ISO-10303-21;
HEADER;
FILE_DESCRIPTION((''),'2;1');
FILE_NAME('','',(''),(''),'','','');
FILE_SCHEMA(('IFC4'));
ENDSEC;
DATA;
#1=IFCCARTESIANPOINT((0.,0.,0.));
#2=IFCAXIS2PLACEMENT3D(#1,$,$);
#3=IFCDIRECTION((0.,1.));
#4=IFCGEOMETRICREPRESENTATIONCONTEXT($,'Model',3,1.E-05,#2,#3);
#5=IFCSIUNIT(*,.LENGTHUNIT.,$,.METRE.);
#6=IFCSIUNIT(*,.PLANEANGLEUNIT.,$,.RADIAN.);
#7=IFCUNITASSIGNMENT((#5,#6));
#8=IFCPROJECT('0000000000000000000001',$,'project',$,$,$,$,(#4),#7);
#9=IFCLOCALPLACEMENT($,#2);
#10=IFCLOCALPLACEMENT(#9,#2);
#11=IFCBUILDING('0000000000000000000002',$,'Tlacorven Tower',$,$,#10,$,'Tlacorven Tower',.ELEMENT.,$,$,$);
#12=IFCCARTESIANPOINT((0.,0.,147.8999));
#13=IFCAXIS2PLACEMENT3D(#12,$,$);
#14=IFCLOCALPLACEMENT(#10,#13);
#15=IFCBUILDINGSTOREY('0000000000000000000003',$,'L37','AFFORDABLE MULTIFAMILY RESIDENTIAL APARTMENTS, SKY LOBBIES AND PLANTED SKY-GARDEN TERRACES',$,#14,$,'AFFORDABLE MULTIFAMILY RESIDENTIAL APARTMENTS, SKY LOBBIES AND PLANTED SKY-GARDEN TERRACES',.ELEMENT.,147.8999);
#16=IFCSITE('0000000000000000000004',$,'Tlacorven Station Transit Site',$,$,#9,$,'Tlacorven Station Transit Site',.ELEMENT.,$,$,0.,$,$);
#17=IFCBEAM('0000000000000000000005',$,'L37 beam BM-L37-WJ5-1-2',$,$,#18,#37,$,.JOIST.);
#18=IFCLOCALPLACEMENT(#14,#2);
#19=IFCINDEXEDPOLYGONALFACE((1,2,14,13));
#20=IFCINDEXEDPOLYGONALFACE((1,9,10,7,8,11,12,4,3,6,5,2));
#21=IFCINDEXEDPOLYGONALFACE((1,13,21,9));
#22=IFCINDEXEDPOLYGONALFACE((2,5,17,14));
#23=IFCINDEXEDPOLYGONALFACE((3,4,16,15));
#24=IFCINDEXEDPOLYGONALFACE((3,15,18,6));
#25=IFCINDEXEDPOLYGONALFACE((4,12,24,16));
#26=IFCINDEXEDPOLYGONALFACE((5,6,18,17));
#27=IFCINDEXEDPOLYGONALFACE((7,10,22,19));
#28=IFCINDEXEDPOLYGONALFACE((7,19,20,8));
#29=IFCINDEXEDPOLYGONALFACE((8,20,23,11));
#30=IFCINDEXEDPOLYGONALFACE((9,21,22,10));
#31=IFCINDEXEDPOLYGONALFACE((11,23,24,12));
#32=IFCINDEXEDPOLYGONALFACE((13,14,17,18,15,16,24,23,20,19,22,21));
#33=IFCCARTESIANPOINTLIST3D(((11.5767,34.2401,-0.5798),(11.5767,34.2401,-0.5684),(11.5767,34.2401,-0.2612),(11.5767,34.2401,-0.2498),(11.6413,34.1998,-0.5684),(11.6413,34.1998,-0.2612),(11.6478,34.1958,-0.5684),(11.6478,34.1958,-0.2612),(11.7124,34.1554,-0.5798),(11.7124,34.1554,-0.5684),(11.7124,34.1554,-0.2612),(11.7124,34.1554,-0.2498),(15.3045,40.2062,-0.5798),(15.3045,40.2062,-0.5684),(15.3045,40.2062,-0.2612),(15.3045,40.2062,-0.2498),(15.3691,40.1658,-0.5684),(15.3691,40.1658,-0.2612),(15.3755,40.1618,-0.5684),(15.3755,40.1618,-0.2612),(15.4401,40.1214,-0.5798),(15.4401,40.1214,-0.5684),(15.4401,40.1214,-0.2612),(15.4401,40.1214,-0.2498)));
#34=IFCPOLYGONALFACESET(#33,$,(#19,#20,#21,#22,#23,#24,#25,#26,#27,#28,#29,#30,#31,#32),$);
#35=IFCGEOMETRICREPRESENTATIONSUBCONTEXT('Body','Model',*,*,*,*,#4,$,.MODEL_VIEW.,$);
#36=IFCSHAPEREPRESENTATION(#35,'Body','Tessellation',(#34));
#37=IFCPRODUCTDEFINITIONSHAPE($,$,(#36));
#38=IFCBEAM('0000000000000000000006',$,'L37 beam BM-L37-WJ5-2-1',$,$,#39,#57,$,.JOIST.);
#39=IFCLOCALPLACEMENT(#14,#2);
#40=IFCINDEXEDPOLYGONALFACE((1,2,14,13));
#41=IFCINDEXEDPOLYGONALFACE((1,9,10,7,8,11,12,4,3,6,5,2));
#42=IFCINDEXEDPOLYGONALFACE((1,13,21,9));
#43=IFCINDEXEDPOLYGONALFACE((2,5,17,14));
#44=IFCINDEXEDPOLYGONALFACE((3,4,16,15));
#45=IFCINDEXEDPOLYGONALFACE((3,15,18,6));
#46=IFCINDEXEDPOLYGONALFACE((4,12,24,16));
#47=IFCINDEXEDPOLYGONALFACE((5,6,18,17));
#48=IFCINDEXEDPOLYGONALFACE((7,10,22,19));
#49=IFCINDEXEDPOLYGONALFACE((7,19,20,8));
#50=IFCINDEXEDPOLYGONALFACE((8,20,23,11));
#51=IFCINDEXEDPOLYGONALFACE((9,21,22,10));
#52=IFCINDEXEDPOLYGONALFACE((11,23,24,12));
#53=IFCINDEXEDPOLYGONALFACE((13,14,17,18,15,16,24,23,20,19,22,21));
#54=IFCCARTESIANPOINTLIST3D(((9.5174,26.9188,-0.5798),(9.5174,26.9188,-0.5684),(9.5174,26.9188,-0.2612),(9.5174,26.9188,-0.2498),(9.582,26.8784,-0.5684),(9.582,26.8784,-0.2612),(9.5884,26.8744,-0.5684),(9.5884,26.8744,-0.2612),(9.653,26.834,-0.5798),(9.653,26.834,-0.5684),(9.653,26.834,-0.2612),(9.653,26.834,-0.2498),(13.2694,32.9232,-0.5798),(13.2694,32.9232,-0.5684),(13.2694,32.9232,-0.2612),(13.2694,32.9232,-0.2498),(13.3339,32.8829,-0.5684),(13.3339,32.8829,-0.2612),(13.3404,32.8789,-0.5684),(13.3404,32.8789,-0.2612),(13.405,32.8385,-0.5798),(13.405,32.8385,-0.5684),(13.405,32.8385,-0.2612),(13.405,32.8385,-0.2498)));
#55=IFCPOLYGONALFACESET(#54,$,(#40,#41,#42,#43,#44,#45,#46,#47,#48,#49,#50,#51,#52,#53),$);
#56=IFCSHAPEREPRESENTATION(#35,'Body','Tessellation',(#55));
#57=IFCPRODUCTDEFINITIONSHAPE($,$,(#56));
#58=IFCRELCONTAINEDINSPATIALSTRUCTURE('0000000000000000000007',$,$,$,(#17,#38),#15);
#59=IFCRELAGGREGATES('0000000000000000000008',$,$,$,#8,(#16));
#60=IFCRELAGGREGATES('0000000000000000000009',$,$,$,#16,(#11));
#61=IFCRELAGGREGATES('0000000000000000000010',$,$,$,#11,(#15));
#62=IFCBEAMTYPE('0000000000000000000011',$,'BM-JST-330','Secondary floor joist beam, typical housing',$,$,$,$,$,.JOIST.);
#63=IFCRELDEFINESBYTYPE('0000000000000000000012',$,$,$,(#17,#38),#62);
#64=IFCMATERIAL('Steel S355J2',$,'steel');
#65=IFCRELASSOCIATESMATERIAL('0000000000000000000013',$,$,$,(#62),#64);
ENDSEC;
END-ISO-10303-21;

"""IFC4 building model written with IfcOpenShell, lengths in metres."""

from ifc_helpers import new_model, si_unit, direction, frame, origin, origin_2d, place, context, subcontext, project, spatial, i_section, extrude, source, transform, mapped, material, material_profile, profile_set, type_object, element, save


model = new_model("IFC4")

# Units and contexts
model_context = context("Model", 3, precision=1e-05, world=origin(), true_north=direction((0.0, 1.0)))
body_context = subcontext(model_context, "Body", "Model", "MODEL_VIEW")
ifc_project = project(units=[si_unit("LENGTHUNIT", "METRE"), si_unit("PLANEANGLEUNIT", "RADIAN")], contexts=[model_context])

# Site, building, storey
site_placement = place(None, origin())
site = spatial("IfcSite", under=ifc_project, at=site_placement, Name="Tlacorven Station Transit Site", LongName="Tlacorven Station Transit Site", CompositionType="ELEMENT", RefElevation=0.0)
building_placement = place(site_placement, origin())
building = spatial("IfcBuilding", under=site, at=building_placement, Name="Tlacorven Tower", LongName="Tlacorven Tower", CompositionType="ELEMENT")
storey_placement = place(building_placement, frame((0.0, 0.0, 147.8999)))
storey = spatial("IfcBuildingStorey", under=building, at=storey_placement, Name="L37", Description="AFFORDABLE MULTIFAMILY RESIDENTIAL APARTMENTS, SKY LOBBIES AND PLANTED SKY-GARDEN TERRACES", LongName="AFFORDABLE MULTIFAMILY RESIDENTIAL APARTMENTS, SKY LOBBIES AND PLANTED SKY-GARDEN TERRACES", CompositionType="ELEMENT", Elevation=147.8999)

# Beams
ifc_material_1 = material(Name="Steel S355J2", Category="steel")
ifc_material_profile_1 = material_profile(ifc_material_1, i_section(OverallWidth=0.1599, OverallDepth=0.3301, WebThickness=0.0076, FlangeThickness=0.0115, at=origin_2d()), Name="IPE 330")
ifc_profile_set_1 = profile_set([ifc_material_profile_1], Name="Steel S355J2")
beam_type_1 = type_object("IfcBeamType", Name="BM-JST-330", Description="Secondary floor joist beam, typical housing", PredefinedType="JOIST", material=ifc_profile_set_1)
shared_shape_1 = source(origin(), body_context, "Body", "SweptSolid", [
    extrude(i_section(OverallWidth=0.1599, OverallDepth=0.3301, WebThickness=0.0076, FlangeThickness=0.0115, at=origin_2d()), origin(), (0.0, 0.0, 1.0), 7.0349),
])
beam_1_placement = place(storey_placement, frame((15.3723, 40.1638, -0.4148), z_axis=(-0.529896, -0.848063, 0.0), x_axis=(0.848063, -0.529896, 0.0)))
element("IfcBeam", 1, at=beam_1_placement, inside=storey, type_object=beam_type_1, Name="L37 beam BM-L37-WJ5-1-2", PredefinedType="JOIST", context=body_context, shape_type="MappedRepresentation", body=[
    mapped(shared_shape_1, transform((0.0, 0.0, 0.0), scale=1.0)),
])
shared_shape_2 = source(origin(), body_context, "Body", "SweptSolid", [
    extrude(i_section(OverallWidth=0.1599, OverallDepth=0.3301, WebThickness=0.0076, FlangeThickness=0.0115, at=origin_2d()), origin(), (0.0, 0.0, 1.0), 7.0803),
])
beam_2_placement = place(storey_placement, frame((13.3372, 32.8809, -0.4148), z_axis=(-0.529918, -0.848049, 0.0), x_axis=(0.848049, -0.529918, 0.0)))
element("IfcBeam", 2, at=beam_2_placement, inside=storey, type_object=beam_type_1, Name="L37 beam BM-L37-WJ5-2-1", PredefinedType="JOIST", context=body_context, shape_type="MappedRepresentation", body=[
    mapped(shared_shape_2, transform((0.0, 0.0, 0.0), scale=1.0)),
])

save(model, "model.ifc")
